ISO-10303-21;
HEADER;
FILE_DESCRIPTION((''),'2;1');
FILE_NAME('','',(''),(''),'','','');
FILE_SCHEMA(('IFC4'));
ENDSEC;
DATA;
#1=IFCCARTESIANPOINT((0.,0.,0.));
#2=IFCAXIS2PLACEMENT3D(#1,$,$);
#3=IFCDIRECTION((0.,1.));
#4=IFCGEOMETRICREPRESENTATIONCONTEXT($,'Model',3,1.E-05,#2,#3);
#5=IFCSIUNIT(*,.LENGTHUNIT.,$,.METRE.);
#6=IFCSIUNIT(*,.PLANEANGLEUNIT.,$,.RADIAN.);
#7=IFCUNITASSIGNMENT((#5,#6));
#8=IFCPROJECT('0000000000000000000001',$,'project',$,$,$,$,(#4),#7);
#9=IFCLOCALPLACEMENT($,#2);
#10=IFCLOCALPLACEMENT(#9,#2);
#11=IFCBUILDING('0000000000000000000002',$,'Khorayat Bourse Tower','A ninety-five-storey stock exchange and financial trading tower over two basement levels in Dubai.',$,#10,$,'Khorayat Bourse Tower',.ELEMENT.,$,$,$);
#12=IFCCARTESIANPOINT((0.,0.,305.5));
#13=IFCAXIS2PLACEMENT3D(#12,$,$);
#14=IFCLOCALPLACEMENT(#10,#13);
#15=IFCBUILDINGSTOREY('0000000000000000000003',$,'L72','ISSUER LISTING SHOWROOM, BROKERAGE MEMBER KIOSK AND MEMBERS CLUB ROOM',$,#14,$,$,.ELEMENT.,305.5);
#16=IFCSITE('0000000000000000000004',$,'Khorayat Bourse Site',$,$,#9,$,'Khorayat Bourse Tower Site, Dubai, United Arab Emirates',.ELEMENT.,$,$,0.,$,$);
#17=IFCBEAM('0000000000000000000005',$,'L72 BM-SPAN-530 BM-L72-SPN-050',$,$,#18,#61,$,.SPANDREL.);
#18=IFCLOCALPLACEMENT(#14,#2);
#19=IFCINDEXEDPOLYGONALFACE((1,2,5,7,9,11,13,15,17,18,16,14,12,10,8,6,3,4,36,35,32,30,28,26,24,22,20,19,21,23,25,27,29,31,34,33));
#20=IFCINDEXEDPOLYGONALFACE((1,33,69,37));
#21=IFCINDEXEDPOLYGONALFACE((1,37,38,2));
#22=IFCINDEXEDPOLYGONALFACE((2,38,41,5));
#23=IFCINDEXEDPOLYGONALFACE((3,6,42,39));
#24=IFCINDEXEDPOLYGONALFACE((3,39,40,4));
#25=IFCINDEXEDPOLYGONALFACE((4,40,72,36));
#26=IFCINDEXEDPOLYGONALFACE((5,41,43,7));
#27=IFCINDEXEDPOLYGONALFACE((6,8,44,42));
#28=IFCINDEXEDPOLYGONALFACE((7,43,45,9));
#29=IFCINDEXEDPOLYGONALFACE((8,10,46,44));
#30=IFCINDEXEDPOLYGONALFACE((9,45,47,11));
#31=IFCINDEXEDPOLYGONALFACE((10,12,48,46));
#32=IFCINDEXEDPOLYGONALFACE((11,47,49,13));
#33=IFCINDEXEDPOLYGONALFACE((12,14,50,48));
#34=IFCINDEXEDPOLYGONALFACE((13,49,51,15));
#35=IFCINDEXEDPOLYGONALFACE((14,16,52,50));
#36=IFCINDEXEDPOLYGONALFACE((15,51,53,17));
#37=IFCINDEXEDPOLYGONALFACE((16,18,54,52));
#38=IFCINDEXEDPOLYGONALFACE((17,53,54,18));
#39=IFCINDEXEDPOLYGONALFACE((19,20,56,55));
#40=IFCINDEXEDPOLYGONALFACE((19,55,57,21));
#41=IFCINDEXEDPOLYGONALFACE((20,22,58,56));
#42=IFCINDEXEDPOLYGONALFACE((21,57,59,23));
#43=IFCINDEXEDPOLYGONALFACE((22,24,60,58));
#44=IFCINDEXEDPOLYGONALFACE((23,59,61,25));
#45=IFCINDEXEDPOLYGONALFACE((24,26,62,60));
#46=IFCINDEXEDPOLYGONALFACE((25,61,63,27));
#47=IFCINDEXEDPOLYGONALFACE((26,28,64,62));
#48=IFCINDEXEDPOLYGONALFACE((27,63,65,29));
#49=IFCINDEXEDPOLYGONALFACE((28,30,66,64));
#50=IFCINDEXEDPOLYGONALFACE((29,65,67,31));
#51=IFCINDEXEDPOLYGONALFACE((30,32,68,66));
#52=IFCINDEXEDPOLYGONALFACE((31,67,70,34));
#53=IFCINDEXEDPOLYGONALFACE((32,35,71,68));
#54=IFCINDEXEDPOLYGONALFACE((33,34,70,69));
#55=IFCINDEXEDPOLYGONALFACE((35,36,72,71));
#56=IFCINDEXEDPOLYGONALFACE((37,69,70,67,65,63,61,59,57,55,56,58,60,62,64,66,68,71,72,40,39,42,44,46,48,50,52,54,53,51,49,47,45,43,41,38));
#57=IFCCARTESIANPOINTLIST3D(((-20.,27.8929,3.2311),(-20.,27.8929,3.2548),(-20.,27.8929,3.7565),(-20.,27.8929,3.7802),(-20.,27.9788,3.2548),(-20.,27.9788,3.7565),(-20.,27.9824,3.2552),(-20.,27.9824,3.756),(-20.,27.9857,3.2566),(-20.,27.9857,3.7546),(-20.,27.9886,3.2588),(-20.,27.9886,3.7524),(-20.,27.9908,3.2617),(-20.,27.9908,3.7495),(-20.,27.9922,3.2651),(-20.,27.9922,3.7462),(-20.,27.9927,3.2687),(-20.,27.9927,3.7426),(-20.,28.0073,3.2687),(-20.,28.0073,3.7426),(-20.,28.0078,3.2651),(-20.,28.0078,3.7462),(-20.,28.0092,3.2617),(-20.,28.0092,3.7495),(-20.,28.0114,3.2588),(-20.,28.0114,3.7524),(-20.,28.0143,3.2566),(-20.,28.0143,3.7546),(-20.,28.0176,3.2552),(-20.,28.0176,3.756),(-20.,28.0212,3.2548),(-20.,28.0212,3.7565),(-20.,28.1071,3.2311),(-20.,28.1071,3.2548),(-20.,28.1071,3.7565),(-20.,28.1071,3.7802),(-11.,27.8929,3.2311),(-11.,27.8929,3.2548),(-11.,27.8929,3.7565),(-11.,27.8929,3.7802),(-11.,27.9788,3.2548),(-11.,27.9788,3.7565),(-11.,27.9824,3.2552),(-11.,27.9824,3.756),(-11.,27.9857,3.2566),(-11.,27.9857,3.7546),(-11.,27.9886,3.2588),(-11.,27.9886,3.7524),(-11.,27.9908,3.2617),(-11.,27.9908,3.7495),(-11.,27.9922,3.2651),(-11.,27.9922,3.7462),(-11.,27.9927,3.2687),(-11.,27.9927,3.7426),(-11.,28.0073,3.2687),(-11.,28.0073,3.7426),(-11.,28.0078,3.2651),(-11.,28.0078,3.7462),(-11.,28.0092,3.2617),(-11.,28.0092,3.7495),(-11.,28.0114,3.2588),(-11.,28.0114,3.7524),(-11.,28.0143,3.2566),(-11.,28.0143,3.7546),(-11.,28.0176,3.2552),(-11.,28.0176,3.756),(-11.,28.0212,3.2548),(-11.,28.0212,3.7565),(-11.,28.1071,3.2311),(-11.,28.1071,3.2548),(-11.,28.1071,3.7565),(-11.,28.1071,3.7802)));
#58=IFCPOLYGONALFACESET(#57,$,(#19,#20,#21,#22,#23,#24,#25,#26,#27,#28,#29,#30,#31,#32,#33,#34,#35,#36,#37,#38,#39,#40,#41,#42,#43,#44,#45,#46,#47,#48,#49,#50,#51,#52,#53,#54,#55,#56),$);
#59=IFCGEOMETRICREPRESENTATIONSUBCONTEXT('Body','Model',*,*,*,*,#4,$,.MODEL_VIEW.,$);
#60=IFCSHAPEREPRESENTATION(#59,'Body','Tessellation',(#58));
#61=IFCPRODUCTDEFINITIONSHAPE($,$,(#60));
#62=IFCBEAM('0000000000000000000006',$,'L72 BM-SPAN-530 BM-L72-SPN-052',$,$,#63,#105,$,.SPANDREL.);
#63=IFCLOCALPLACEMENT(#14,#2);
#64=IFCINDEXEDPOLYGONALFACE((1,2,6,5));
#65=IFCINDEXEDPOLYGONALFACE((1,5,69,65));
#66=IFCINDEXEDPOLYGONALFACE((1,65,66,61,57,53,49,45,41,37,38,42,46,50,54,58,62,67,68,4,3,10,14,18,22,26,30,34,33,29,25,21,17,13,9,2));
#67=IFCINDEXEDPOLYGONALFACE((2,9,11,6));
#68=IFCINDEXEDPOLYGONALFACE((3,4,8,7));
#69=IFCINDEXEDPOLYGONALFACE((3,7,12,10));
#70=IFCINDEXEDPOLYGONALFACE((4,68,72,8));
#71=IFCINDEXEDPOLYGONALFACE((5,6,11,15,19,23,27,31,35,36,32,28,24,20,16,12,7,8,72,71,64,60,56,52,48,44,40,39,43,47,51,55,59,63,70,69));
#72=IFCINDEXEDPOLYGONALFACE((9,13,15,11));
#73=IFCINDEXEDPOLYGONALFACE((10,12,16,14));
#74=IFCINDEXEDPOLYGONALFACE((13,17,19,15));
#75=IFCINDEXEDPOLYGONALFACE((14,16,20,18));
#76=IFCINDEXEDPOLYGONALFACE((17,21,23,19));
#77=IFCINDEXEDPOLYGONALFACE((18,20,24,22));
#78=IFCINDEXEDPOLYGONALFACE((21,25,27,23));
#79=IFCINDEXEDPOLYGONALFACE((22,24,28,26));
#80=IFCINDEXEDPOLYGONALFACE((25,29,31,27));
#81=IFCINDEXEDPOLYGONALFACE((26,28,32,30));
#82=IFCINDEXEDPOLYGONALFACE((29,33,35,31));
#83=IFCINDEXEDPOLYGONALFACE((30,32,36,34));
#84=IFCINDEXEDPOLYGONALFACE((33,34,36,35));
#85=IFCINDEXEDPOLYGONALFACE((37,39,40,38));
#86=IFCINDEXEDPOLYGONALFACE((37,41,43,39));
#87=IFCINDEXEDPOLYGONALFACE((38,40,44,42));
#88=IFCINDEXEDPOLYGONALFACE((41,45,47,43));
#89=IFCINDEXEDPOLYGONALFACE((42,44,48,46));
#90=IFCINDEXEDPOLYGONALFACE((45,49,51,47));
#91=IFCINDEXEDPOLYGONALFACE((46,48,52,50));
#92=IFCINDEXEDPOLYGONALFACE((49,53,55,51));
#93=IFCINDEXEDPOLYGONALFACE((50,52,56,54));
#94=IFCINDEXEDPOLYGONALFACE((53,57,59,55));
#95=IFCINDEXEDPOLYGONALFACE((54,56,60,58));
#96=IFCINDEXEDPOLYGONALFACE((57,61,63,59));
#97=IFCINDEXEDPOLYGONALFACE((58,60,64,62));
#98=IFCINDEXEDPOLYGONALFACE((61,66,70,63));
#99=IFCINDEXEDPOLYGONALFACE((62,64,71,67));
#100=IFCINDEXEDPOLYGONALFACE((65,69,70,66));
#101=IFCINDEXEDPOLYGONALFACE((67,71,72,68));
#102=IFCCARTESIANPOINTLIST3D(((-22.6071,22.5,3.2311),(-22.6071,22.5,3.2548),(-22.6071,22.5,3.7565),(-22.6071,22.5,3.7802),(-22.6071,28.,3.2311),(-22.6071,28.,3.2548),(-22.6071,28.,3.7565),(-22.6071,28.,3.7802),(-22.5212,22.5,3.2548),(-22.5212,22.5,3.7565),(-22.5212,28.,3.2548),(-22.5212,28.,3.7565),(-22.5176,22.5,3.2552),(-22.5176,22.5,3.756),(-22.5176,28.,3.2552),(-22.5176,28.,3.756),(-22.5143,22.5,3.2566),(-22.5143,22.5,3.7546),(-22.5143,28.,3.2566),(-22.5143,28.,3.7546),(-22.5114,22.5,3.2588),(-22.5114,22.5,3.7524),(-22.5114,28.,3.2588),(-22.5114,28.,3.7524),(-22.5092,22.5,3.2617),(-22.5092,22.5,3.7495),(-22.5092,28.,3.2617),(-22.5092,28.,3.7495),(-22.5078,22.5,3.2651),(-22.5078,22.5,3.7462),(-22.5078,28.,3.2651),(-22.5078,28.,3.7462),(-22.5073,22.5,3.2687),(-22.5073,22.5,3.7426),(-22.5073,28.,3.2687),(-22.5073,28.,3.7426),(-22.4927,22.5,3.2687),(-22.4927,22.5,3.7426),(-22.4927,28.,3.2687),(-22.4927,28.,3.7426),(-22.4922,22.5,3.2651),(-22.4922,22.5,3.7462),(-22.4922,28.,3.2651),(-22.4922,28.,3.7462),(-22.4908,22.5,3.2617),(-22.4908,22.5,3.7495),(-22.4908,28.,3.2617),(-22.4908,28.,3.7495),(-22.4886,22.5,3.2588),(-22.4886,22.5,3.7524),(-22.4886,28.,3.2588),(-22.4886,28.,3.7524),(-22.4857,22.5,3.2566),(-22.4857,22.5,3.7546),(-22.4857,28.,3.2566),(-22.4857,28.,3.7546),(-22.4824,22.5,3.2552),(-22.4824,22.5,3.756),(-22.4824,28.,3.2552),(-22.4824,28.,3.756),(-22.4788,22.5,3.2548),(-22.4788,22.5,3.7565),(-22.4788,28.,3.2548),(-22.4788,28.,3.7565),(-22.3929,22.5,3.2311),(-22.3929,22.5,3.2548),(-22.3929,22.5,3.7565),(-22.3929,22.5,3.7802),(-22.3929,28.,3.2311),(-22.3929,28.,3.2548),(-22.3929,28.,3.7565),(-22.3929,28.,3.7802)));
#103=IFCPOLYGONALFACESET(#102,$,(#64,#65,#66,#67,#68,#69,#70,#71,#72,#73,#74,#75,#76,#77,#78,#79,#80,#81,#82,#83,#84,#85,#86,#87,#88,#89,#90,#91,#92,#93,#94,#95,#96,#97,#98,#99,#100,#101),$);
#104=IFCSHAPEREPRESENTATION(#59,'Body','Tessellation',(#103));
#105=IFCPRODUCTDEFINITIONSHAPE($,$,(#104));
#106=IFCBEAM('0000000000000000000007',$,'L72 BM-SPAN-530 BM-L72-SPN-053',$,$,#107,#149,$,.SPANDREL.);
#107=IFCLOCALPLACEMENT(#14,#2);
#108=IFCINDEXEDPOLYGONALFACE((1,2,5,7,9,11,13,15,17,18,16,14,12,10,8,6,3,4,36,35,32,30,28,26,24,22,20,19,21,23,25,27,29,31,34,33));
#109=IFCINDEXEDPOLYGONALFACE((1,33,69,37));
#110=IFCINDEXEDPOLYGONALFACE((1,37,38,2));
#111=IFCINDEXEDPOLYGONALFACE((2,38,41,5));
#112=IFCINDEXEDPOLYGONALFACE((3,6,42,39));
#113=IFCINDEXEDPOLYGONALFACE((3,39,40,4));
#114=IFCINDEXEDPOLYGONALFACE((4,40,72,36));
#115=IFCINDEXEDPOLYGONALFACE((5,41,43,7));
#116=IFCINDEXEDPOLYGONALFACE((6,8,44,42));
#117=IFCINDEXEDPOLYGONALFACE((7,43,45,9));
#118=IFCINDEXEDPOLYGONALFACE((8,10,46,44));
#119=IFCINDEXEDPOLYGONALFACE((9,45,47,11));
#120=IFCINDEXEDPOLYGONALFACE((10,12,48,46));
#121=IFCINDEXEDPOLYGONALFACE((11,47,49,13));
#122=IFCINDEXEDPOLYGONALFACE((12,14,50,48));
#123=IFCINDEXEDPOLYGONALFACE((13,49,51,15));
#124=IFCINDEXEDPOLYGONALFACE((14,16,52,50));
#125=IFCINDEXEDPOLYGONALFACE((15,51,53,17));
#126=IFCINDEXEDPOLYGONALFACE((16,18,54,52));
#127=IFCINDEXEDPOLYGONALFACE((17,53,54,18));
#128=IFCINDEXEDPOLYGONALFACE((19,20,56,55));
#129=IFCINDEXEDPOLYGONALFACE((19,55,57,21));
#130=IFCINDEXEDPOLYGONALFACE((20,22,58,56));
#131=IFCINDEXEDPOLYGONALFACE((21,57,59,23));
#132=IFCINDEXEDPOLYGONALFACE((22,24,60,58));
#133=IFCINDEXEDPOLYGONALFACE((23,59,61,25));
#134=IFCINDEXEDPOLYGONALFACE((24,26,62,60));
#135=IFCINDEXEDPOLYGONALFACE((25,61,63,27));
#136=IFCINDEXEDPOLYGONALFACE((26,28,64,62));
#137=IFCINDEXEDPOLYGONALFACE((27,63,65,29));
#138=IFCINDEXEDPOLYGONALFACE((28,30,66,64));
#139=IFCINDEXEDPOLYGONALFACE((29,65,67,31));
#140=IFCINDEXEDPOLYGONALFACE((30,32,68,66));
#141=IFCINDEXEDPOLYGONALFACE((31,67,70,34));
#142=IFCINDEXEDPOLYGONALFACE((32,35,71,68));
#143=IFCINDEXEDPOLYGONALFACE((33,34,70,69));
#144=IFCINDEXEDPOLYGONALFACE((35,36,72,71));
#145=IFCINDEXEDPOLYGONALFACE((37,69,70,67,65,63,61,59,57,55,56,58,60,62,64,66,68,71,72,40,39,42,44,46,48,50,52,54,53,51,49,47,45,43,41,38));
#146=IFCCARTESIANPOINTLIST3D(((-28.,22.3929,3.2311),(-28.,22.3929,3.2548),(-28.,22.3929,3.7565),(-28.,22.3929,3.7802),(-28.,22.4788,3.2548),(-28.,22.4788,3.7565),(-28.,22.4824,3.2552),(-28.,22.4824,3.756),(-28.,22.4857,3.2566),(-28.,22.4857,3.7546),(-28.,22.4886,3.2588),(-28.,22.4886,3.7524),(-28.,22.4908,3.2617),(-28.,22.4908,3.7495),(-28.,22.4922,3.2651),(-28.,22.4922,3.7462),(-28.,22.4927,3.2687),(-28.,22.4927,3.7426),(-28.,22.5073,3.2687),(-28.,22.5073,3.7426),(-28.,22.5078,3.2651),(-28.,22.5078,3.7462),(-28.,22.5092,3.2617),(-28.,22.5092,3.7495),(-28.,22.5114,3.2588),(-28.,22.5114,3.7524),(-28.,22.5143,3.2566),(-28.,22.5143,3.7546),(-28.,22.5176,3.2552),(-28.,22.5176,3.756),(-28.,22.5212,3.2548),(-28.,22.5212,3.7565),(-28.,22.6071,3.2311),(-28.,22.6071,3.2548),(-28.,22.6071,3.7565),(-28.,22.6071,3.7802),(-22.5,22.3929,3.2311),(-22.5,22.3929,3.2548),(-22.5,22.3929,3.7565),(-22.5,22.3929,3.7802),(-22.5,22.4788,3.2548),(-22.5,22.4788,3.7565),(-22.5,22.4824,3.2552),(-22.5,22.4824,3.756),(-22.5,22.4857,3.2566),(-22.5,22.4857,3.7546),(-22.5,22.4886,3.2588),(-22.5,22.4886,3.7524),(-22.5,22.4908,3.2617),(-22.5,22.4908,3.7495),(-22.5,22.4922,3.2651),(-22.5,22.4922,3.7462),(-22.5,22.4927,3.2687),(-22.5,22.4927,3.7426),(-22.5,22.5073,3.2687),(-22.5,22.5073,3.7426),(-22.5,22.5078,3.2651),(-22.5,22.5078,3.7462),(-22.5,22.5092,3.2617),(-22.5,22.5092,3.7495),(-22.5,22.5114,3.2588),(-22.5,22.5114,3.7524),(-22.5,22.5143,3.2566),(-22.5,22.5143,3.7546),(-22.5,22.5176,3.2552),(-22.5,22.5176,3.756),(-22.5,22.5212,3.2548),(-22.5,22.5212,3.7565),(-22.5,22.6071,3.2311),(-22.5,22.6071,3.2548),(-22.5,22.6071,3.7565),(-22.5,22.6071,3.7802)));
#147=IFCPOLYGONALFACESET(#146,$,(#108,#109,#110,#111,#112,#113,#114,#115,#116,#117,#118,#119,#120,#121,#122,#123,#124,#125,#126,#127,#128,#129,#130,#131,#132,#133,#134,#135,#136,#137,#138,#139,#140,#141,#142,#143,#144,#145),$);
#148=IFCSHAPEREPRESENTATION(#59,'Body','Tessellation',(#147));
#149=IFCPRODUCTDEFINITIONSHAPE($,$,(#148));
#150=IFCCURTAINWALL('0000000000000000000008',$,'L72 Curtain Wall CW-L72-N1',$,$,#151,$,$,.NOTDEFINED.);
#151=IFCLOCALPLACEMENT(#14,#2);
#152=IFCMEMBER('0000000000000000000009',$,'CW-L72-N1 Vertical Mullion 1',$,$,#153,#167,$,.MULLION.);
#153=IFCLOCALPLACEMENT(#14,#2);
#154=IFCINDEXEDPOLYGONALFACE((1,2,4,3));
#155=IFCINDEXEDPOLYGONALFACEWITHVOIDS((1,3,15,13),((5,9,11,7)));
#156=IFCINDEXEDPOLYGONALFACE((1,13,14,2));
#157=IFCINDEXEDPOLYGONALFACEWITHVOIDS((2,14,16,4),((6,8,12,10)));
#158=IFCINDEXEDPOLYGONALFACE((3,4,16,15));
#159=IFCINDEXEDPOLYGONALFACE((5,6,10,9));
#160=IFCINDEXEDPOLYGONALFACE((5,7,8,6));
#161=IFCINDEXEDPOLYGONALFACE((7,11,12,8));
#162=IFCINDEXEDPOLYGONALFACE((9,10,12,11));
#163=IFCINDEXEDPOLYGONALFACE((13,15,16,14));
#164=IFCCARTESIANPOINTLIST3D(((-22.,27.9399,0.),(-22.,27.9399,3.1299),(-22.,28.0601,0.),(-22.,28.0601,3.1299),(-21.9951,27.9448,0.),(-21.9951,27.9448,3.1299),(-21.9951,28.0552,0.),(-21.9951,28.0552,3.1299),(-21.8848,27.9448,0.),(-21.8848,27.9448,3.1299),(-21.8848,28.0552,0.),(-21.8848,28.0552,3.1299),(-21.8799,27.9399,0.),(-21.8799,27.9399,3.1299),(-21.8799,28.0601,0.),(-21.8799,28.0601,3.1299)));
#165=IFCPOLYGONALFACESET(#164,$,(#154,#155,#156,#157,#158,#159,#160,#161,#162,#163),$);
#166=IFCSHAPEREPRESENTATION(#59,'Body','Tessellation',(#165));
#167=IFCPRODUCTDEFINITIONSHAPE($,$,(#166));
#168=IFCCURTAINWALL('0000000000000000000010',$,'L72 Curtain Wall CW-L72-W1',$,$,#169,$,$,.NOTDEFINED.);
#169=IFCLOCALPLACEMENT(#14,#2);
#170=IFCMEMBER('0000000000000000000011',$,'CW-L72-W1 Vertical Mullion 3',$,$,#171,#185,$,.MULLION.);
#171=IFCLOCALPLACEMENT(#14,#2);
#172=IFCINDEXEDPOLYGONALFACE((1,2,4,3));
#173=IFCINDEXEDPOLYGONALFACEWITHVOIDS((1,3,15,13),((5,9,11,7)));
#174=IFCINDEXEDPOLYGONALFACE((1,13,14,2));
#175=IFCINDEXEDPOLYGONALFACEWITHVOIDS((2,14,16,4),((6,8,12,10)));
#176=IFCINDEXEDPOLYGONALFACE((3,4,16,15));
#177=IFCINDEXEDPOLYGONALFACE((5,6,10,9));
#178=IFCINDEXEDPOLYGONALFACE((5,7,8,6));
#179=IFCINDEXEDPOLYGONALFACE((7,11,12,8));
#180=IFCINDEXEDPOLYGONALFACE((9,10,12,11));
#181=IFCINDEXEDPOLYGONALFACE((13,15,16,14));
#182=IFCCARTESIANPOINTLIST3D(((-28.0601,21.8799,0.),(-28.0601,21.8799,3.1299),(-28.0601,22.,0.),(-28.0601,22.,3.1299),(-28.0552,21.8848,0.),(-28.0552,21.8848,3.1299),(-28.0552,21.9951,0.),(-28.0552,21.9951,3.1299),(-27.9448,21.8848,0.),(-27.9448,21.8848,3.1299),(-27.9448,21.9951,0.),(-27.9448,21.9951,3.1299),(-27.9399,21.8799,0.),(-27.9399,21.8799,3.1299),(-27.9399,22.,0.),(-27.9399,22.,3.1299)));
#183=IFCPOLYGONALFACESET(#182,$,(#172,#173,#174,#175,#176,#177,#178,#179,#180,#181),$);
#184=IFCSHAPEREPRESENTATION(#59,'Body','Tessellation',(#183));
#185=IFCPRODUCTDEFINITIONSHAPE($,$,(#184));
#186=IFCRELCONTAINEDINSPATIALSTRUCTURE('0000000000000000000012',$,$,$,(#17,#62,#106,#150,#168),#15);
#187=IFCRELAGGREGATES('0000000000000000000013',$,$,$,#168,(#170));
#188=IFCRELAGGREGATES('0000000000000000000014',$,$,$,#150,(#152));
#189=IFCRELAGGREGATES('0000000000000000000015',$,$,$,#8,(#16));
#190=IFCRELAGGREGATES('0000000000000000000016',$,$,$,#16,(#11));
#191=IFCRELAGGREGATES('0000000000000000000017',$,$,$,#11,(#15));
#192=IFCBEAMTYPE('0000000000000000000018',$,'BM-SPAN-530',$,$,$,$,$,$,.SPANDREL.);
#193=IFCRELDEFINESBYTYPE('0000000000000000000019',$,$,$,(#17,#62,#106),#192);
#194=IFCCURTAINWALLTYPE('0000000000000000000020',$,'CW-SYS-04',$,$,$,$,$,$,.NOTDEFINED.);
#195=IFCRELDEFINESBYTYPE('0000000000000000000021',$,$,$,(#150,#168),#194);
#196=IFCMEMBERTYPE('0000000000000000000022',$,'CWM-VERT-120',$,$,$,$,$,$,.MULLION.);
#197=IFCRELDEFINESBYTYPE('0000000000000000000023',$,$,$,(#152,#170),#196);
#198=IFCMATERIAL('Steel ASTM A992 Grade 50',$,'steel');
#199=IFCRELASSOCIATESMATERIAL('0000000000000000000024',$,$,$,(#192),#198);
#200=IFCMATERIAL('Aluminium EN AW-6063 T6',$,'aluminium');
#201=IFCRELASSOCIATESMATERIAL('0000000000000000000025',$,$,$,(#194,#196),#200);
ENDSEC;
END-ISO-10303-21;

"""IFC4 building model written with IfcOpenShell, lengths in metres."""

from ifc_helpers import new_model, si_unit, direction, frame, origin, origin_2d, place, context, subcontext, project, spatial, hollow_rectangle, i_section, extrude, source, transform, mapped, material, material_profile, profile_set, type_object, element, aggregate, save


model = new_model("IFC4")

# Units and contexts
model_context = context("Model", 3, precision=1e-05, world=origin(), true_north=direction((0.0, 1.0)))
body_context = subcontext(model_context, "Body", "Model", "MODEL_VIEW")
ifc_project = project(units=[si_unit("LENGTHUNIT", "METRE"), si_unit("PLANEANGLEUNIT", "RADIAN")], contexts=[model_context])

# Site, building, storey
site_placement = place(None, origin())
site = spatial("IfcSite", under=ifc_project, at=site_placement, Name="Khorayat Bourse Site", LongName="Khorayat Bourse Tower Site, Dubai, United Arab Emirates", CompositionType="ELEMENT", RefElevation=0.0)
building_placement = place(site_placement, origin())
building = spatial("IfcBuilding", under=site, at=building_placement, Name="Khorayat Bourse Tower", Description="A ninety-five-storey stock exchange and financial trading tower over two basement levels in Dubai.", LongName="Khorayat Bourse Tower", CompositionType="ELEMENT")
storey_placement = place(building_placement, frame((0.0, 0.0, 305.5)))
storey = spatial("IfcBuildingStorey", under=building, at=storey_placement, Name="L72", Description="ISSUER LISTING SHOWROOM, BROKERAGE MEMBER KIOSK AND MEMBERS CLUB ROOM", CompositionType="ELEMENT", Elevation=305.5)

# Beams
ifc_material_1 = material(Name="Steel ASTM A992 Grade 50", Category="steel")
ifc_material_profile_1 = material_profile(ifc_material_1, i_section(OverallWidth=0.2141, OverallDepth=0.5491, WebThickness=0.0146, FlangeThickness=0.0237, FilletRadius=0.0139, at=origin_2d()), Name="W530X138")
ifc_profile_set_1 = profile_set([ifc_material_profile_1], Name="Steel ASTM A992 Grade 50")
beam_type_1 = type_object("IfcBeamType", Name="BM-SPAN-530", PredefinedType="SPANDREL", material=ifc_profile_set_1)
shared_shape_1 = source(origin(), body_context, "Body", "SweptSolid", [
    extrude(i_section(OverallWidth=0.2141, OverallDepth=0.5491, WebThickness=0.0146, FlangeThickness=0.0237, FilletRadius=0.0139, at=origin_2d()), origin(), (0.0, 0.0, 1.0), 9.0),
])
beam_1_placement = place(storey_placement, frame((-20.0, 28.0, 3.5056), z_axis=(1.0, 0.0, 0.0), x_axis=(0.0, 1.0, 0.0)))
element("IfcBeam", 1, at=beam_1_placement, inside=storey, type_object=beam_type_1, Name="L72 BM-SPAN-530 BM-L72-SPN-050", PredefinedType="SPANDREL", context=body_context, shape_type="MappedRepresentation", body=[
    mapped(shared_shape_1, transform((0.0, 0.0, 0.0), scale=1.0)),
])
shared_shape_2 = source(origin(), body_context, "Body", "SweptSolid", [
    extrude(i_section(OverallWidth=0.2141, OverallDepth=0.5491, WebThickness=0.0146, FlangeThickness=0.0237, FilletRadius=0.0139, at=origin_2d()), origin(), (0.0, 0.0, 1.0), 5.5),
])
for number, where, z_axis, x_axis, name in (
    (2, (-22.5, 22.5, 3.5056), (0.0, 1.0, 0.0), (-1.0, 0.0, 0.0), "L72 BM-SPAN-530 BM-L72-SPN-052"),
    (3, (-28.0, 22.5, 3.5056), (1.0, 0.0, 0.0), (0.0, 1.0, 0.0), "L72 BM-SPAN-530 BM-L72-SPN-053"),
):
    element("IfcBeam", number, at=place(storey_placement, frame(where, z_axis=z_axis, x_axis=x_axis)), inside=storey, type_object=beam_type_1, Name=name, PredefinedType="SPANDREL", context=body_context, shape_type="MappedRepresentation", body=[
        mapped(shared_shape_2, transform((0.0, 0.0, 0.0), scale=1.0)),
    ])

# Curtain wall, member
ifc_material_2 = material(Name="Aluminium EN AW-6063 T6", Category="aluminium")
curtain_wall_type = type_object("IfcCurtainWallType", Name="CW-SYS-04", PredefinedType="NOTDEFINED", material=ifc_material_2)
curtain_wall_1_placement = place(storey_placement, origin())
curtain_wall_1 = element("IfcCurtainWall", 4, at=curtain_wall_1_placement, inside=storey, type_object=curtain_wall_type, Name="L72 Curtain Wall CW-L72-N1", PredefinedType="NOTDEFINED")
ifc_material_profile_2 = material_profile(ifc_material_2, hollow_rectangle(XDim=0.1201, YDim=0.1201, WallThickness=0.0049, at=origin_2d()), Name="ALU 120x120x5")
ifc_profile_set_2 = profile_set([ifc_material_profile_2], Name="Aluminium EN AW-6063 T6")
member_type_1 = type_object("IfcMemberType", Name="CWM-VERT-120", PredefinedType="MULLION", material=ifc_profile_set_2)
shared_shape_3 = source(origin(), body_context, "Body", "SweptSolid", [
    extrude(hollow_rectangle(XDim=0.1201, YDim=0.1201, WallThickness=0.0049, at=origin_2d()), origin(), (0.0, 0.0, 1.0), 3.1299),
])
member_1_placement = place(storey_placement, frame((-21.9399, 28.0, 0.0), z_axis=(0.0, 0.0, 1.0), x_axis=(0.0, 1.0, 0.0)))
member_1 = element("IfcMember", 5, at=member_1_placement, type_object=member_type_1, Name="CW-L72-N1 Vertical Mullion 1", PredefinedType="MULLION", context=body_context, shape_type="MappedRepresentation", body=[
    mapped(shared_shape_3, transform((0.0, 0.0, 0.0), scale=1.0)),
])

# Curtain wall, member
curtain_wall_2_placement = place(storey_placement, origin())
curtain_wall_2 = element("IfcCurtainWall", 6, at=curtain_wall_2_placement, inside=storey, type_object=curtain_wall_type, Name="L72 Curtain Wall CW-L72-W1", PredefinedType="NOTDEFINED")
member_2_placement = place(storey_placement, frame((-28.0, 21.9399, 0.0), z_axis=(0.0, 0.0, 1.0), x_axis=(-1.0, 0.0, 0.0)))
member_2 = element("IfcMember", 7, at=member_2_placement, type_object=member_type_1, Name="CW-L72-W1 Vertical Mullion 3", PredefinedType="MULLION", context=body_context, shape_type="MappedRepresentation", body=[
    mapped(shared_shape_3, transform((0.0, 0.0, 0.0), scale=1.0)),
])
aggregate(curtain_wall_2, [member_2])

aggregate(curtain_wall_1, [member_1])

save(model, "model.ifc")
